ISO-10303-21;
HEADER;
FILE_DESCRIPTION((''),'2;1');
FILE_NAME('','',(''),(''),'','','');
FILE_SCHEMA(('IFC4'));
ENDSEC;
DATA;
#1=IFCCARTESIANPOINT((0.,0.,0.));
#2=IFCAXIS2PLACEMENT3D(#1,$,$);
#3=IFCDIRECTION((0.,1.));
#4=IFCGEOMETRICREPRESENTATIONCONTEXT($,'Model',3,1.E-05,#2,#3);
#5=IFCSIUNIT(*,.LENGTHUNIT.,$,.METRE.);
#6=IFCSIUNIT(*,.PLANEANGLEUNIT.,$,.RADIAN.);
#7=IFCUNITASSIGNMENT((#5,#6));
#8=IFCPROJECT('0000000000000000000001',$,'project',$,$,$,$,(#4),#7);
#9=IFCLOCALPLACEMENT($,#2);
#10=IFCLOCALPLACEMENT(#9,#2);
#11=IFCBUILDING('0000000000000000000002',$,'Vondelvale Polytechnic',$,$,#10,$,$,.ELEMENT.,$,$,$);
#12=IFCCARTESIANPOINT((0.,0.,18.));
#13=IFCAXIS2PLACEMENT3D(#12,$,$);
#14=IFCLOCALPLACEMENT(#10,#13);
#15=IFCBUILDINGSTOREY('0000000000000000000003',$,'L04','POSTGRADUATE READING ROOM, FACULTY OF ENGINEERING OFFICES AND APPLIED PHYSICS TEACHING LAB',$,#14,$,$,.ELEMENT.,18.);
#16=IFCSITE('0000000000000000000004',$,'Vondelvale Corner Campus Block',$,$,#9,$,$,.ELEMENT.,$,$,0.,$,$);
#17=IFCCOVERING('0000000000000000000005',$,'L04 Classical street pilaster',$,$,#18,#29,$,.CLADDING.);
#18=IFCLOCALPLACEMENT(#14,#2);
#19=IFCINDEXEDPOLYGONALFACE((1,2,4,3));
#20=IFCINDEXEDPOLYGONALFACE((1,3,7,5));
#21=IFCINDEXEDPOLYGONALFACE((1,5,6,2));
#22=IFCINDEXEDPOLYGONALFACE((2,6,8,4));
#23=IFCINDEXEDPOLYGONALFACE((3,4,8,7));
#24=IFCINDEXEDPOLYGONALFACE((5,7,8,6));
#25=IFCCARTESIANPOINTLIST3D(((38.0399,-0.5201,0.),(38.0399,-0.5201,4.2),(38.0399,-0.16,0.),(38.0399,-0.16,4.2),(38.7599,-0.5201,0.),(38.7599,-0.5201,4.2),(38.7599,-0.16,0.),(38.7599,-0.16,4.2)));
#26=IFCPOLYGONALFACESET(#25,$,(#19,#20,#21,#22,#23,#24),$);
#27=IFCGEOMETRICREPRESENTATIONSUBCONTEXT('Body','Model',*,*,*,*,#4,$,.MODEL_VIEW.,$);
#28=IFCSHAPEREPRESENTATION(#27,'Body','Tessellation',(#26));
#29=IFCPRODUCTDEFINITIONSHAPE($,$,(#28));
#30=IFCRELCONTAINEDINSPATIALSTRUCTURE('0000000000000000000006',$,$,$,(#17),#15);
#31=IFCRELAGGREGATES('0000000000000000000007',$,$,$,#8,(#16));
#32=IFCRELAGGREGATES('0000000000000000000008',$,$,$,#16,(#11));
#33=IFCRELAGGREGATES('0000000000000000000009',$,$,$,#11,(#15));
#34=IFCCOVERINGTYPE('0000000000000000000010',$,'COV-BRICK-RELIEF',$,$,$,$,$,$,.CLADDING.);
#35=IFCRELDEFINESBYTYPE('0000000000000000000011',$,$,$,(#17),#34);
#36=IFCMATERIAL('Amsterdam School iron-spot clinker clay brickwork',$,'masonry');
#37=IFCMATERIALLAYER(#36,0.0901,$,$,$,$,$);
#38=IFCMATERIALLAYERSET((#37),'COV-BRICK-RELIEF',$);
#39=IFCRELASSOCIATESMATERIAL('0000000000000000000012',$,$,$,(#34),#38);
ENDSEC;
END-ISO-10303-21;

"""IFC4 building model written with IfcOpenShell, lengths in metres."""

from ifc_helpers import new_model, si_unit, direction, frame, origin, origin_2d, place, context, subcontext, project, spatial, rectangle, extrude, material, layer, layer_set, type_object, element, save


model = new_model("IFC4")

# Units and contexts
model_context = context("Model", 3, precision=1e-05, world=origin(), true_north=direction((0.0, 1.0)))
body_context = subcontext(model_context, "Body", "Model", "MODEL_VIEW")
ifc_project = project(units=[si_unit("LENGTHUNIT", "METRE"), si_unit("PLANEANGLEUNIT", "RADIAN")], contexts=[model_context])

# Site, building, storey
site_placement = place(None, origin())
site = spatial("IfcSite", under=ifc_project, at=site_placement, Name="Vondelvale Corner Campus Block", CompositionType="ELEMENT", RefElevation=0.0)
building_placement = place(site_placement, origin())
building = spatial("IfcBuilding", under=site, at=building_placement, Name="Vondelvale Polytechnic", CompositionType="ELEMENT")
storey_placement = place(building_placement, frame((0.0, 0.0, 18.0)))
storey = spatial("IfcBuildingStorey", under=building, at=storey_placement, Name="L04", Description="POSTGRADUATE READING ROOM, FACULTY OF ENGINEERING OFFICES AND APPLIED PHYSICS TEACHING LAB", CompositionType="ELEMENT", Elevation=18.0)

# Shared definitions
ifc_material_1 = material(Name="Amsterdam School iron-spot clinker clay brickwork", Category="masonry")

# Covering
ifc_layer_1 = layer(ifc_material_1, 0.0901)
ifc_layer_set_1 = layer_set([ifc_layer_1], Name="COV-BRICK-RELIEF")
covering_type = type_object("IfcCoveringType", Name="COV-BRICK-RELIEF", PredefinedType="CLADDING", material=ifc_layer_set_1)
covering_1_placement = place(storey_placement, frame((38.3999, -0.3401, 0.0), z_axis=(0.0, 0.0, 1.0), x_axis=(1.0, 0.0, 0.0)))
element("IfcCovering", 1, at=covering_1_placement, inside=storey, type_object=covering_type, Name="L04 Classical street pilaster", PredefinedType="CLADDING", context=body_context, shape_type="SweptSolid", body=[
    extrude(rectangle(XDim=0.72, YDim=0.3601, at=origin_2d()), origin(), (0.0, 0.0, 1.0), 4.2),
])

save(model, "model.ifc")
